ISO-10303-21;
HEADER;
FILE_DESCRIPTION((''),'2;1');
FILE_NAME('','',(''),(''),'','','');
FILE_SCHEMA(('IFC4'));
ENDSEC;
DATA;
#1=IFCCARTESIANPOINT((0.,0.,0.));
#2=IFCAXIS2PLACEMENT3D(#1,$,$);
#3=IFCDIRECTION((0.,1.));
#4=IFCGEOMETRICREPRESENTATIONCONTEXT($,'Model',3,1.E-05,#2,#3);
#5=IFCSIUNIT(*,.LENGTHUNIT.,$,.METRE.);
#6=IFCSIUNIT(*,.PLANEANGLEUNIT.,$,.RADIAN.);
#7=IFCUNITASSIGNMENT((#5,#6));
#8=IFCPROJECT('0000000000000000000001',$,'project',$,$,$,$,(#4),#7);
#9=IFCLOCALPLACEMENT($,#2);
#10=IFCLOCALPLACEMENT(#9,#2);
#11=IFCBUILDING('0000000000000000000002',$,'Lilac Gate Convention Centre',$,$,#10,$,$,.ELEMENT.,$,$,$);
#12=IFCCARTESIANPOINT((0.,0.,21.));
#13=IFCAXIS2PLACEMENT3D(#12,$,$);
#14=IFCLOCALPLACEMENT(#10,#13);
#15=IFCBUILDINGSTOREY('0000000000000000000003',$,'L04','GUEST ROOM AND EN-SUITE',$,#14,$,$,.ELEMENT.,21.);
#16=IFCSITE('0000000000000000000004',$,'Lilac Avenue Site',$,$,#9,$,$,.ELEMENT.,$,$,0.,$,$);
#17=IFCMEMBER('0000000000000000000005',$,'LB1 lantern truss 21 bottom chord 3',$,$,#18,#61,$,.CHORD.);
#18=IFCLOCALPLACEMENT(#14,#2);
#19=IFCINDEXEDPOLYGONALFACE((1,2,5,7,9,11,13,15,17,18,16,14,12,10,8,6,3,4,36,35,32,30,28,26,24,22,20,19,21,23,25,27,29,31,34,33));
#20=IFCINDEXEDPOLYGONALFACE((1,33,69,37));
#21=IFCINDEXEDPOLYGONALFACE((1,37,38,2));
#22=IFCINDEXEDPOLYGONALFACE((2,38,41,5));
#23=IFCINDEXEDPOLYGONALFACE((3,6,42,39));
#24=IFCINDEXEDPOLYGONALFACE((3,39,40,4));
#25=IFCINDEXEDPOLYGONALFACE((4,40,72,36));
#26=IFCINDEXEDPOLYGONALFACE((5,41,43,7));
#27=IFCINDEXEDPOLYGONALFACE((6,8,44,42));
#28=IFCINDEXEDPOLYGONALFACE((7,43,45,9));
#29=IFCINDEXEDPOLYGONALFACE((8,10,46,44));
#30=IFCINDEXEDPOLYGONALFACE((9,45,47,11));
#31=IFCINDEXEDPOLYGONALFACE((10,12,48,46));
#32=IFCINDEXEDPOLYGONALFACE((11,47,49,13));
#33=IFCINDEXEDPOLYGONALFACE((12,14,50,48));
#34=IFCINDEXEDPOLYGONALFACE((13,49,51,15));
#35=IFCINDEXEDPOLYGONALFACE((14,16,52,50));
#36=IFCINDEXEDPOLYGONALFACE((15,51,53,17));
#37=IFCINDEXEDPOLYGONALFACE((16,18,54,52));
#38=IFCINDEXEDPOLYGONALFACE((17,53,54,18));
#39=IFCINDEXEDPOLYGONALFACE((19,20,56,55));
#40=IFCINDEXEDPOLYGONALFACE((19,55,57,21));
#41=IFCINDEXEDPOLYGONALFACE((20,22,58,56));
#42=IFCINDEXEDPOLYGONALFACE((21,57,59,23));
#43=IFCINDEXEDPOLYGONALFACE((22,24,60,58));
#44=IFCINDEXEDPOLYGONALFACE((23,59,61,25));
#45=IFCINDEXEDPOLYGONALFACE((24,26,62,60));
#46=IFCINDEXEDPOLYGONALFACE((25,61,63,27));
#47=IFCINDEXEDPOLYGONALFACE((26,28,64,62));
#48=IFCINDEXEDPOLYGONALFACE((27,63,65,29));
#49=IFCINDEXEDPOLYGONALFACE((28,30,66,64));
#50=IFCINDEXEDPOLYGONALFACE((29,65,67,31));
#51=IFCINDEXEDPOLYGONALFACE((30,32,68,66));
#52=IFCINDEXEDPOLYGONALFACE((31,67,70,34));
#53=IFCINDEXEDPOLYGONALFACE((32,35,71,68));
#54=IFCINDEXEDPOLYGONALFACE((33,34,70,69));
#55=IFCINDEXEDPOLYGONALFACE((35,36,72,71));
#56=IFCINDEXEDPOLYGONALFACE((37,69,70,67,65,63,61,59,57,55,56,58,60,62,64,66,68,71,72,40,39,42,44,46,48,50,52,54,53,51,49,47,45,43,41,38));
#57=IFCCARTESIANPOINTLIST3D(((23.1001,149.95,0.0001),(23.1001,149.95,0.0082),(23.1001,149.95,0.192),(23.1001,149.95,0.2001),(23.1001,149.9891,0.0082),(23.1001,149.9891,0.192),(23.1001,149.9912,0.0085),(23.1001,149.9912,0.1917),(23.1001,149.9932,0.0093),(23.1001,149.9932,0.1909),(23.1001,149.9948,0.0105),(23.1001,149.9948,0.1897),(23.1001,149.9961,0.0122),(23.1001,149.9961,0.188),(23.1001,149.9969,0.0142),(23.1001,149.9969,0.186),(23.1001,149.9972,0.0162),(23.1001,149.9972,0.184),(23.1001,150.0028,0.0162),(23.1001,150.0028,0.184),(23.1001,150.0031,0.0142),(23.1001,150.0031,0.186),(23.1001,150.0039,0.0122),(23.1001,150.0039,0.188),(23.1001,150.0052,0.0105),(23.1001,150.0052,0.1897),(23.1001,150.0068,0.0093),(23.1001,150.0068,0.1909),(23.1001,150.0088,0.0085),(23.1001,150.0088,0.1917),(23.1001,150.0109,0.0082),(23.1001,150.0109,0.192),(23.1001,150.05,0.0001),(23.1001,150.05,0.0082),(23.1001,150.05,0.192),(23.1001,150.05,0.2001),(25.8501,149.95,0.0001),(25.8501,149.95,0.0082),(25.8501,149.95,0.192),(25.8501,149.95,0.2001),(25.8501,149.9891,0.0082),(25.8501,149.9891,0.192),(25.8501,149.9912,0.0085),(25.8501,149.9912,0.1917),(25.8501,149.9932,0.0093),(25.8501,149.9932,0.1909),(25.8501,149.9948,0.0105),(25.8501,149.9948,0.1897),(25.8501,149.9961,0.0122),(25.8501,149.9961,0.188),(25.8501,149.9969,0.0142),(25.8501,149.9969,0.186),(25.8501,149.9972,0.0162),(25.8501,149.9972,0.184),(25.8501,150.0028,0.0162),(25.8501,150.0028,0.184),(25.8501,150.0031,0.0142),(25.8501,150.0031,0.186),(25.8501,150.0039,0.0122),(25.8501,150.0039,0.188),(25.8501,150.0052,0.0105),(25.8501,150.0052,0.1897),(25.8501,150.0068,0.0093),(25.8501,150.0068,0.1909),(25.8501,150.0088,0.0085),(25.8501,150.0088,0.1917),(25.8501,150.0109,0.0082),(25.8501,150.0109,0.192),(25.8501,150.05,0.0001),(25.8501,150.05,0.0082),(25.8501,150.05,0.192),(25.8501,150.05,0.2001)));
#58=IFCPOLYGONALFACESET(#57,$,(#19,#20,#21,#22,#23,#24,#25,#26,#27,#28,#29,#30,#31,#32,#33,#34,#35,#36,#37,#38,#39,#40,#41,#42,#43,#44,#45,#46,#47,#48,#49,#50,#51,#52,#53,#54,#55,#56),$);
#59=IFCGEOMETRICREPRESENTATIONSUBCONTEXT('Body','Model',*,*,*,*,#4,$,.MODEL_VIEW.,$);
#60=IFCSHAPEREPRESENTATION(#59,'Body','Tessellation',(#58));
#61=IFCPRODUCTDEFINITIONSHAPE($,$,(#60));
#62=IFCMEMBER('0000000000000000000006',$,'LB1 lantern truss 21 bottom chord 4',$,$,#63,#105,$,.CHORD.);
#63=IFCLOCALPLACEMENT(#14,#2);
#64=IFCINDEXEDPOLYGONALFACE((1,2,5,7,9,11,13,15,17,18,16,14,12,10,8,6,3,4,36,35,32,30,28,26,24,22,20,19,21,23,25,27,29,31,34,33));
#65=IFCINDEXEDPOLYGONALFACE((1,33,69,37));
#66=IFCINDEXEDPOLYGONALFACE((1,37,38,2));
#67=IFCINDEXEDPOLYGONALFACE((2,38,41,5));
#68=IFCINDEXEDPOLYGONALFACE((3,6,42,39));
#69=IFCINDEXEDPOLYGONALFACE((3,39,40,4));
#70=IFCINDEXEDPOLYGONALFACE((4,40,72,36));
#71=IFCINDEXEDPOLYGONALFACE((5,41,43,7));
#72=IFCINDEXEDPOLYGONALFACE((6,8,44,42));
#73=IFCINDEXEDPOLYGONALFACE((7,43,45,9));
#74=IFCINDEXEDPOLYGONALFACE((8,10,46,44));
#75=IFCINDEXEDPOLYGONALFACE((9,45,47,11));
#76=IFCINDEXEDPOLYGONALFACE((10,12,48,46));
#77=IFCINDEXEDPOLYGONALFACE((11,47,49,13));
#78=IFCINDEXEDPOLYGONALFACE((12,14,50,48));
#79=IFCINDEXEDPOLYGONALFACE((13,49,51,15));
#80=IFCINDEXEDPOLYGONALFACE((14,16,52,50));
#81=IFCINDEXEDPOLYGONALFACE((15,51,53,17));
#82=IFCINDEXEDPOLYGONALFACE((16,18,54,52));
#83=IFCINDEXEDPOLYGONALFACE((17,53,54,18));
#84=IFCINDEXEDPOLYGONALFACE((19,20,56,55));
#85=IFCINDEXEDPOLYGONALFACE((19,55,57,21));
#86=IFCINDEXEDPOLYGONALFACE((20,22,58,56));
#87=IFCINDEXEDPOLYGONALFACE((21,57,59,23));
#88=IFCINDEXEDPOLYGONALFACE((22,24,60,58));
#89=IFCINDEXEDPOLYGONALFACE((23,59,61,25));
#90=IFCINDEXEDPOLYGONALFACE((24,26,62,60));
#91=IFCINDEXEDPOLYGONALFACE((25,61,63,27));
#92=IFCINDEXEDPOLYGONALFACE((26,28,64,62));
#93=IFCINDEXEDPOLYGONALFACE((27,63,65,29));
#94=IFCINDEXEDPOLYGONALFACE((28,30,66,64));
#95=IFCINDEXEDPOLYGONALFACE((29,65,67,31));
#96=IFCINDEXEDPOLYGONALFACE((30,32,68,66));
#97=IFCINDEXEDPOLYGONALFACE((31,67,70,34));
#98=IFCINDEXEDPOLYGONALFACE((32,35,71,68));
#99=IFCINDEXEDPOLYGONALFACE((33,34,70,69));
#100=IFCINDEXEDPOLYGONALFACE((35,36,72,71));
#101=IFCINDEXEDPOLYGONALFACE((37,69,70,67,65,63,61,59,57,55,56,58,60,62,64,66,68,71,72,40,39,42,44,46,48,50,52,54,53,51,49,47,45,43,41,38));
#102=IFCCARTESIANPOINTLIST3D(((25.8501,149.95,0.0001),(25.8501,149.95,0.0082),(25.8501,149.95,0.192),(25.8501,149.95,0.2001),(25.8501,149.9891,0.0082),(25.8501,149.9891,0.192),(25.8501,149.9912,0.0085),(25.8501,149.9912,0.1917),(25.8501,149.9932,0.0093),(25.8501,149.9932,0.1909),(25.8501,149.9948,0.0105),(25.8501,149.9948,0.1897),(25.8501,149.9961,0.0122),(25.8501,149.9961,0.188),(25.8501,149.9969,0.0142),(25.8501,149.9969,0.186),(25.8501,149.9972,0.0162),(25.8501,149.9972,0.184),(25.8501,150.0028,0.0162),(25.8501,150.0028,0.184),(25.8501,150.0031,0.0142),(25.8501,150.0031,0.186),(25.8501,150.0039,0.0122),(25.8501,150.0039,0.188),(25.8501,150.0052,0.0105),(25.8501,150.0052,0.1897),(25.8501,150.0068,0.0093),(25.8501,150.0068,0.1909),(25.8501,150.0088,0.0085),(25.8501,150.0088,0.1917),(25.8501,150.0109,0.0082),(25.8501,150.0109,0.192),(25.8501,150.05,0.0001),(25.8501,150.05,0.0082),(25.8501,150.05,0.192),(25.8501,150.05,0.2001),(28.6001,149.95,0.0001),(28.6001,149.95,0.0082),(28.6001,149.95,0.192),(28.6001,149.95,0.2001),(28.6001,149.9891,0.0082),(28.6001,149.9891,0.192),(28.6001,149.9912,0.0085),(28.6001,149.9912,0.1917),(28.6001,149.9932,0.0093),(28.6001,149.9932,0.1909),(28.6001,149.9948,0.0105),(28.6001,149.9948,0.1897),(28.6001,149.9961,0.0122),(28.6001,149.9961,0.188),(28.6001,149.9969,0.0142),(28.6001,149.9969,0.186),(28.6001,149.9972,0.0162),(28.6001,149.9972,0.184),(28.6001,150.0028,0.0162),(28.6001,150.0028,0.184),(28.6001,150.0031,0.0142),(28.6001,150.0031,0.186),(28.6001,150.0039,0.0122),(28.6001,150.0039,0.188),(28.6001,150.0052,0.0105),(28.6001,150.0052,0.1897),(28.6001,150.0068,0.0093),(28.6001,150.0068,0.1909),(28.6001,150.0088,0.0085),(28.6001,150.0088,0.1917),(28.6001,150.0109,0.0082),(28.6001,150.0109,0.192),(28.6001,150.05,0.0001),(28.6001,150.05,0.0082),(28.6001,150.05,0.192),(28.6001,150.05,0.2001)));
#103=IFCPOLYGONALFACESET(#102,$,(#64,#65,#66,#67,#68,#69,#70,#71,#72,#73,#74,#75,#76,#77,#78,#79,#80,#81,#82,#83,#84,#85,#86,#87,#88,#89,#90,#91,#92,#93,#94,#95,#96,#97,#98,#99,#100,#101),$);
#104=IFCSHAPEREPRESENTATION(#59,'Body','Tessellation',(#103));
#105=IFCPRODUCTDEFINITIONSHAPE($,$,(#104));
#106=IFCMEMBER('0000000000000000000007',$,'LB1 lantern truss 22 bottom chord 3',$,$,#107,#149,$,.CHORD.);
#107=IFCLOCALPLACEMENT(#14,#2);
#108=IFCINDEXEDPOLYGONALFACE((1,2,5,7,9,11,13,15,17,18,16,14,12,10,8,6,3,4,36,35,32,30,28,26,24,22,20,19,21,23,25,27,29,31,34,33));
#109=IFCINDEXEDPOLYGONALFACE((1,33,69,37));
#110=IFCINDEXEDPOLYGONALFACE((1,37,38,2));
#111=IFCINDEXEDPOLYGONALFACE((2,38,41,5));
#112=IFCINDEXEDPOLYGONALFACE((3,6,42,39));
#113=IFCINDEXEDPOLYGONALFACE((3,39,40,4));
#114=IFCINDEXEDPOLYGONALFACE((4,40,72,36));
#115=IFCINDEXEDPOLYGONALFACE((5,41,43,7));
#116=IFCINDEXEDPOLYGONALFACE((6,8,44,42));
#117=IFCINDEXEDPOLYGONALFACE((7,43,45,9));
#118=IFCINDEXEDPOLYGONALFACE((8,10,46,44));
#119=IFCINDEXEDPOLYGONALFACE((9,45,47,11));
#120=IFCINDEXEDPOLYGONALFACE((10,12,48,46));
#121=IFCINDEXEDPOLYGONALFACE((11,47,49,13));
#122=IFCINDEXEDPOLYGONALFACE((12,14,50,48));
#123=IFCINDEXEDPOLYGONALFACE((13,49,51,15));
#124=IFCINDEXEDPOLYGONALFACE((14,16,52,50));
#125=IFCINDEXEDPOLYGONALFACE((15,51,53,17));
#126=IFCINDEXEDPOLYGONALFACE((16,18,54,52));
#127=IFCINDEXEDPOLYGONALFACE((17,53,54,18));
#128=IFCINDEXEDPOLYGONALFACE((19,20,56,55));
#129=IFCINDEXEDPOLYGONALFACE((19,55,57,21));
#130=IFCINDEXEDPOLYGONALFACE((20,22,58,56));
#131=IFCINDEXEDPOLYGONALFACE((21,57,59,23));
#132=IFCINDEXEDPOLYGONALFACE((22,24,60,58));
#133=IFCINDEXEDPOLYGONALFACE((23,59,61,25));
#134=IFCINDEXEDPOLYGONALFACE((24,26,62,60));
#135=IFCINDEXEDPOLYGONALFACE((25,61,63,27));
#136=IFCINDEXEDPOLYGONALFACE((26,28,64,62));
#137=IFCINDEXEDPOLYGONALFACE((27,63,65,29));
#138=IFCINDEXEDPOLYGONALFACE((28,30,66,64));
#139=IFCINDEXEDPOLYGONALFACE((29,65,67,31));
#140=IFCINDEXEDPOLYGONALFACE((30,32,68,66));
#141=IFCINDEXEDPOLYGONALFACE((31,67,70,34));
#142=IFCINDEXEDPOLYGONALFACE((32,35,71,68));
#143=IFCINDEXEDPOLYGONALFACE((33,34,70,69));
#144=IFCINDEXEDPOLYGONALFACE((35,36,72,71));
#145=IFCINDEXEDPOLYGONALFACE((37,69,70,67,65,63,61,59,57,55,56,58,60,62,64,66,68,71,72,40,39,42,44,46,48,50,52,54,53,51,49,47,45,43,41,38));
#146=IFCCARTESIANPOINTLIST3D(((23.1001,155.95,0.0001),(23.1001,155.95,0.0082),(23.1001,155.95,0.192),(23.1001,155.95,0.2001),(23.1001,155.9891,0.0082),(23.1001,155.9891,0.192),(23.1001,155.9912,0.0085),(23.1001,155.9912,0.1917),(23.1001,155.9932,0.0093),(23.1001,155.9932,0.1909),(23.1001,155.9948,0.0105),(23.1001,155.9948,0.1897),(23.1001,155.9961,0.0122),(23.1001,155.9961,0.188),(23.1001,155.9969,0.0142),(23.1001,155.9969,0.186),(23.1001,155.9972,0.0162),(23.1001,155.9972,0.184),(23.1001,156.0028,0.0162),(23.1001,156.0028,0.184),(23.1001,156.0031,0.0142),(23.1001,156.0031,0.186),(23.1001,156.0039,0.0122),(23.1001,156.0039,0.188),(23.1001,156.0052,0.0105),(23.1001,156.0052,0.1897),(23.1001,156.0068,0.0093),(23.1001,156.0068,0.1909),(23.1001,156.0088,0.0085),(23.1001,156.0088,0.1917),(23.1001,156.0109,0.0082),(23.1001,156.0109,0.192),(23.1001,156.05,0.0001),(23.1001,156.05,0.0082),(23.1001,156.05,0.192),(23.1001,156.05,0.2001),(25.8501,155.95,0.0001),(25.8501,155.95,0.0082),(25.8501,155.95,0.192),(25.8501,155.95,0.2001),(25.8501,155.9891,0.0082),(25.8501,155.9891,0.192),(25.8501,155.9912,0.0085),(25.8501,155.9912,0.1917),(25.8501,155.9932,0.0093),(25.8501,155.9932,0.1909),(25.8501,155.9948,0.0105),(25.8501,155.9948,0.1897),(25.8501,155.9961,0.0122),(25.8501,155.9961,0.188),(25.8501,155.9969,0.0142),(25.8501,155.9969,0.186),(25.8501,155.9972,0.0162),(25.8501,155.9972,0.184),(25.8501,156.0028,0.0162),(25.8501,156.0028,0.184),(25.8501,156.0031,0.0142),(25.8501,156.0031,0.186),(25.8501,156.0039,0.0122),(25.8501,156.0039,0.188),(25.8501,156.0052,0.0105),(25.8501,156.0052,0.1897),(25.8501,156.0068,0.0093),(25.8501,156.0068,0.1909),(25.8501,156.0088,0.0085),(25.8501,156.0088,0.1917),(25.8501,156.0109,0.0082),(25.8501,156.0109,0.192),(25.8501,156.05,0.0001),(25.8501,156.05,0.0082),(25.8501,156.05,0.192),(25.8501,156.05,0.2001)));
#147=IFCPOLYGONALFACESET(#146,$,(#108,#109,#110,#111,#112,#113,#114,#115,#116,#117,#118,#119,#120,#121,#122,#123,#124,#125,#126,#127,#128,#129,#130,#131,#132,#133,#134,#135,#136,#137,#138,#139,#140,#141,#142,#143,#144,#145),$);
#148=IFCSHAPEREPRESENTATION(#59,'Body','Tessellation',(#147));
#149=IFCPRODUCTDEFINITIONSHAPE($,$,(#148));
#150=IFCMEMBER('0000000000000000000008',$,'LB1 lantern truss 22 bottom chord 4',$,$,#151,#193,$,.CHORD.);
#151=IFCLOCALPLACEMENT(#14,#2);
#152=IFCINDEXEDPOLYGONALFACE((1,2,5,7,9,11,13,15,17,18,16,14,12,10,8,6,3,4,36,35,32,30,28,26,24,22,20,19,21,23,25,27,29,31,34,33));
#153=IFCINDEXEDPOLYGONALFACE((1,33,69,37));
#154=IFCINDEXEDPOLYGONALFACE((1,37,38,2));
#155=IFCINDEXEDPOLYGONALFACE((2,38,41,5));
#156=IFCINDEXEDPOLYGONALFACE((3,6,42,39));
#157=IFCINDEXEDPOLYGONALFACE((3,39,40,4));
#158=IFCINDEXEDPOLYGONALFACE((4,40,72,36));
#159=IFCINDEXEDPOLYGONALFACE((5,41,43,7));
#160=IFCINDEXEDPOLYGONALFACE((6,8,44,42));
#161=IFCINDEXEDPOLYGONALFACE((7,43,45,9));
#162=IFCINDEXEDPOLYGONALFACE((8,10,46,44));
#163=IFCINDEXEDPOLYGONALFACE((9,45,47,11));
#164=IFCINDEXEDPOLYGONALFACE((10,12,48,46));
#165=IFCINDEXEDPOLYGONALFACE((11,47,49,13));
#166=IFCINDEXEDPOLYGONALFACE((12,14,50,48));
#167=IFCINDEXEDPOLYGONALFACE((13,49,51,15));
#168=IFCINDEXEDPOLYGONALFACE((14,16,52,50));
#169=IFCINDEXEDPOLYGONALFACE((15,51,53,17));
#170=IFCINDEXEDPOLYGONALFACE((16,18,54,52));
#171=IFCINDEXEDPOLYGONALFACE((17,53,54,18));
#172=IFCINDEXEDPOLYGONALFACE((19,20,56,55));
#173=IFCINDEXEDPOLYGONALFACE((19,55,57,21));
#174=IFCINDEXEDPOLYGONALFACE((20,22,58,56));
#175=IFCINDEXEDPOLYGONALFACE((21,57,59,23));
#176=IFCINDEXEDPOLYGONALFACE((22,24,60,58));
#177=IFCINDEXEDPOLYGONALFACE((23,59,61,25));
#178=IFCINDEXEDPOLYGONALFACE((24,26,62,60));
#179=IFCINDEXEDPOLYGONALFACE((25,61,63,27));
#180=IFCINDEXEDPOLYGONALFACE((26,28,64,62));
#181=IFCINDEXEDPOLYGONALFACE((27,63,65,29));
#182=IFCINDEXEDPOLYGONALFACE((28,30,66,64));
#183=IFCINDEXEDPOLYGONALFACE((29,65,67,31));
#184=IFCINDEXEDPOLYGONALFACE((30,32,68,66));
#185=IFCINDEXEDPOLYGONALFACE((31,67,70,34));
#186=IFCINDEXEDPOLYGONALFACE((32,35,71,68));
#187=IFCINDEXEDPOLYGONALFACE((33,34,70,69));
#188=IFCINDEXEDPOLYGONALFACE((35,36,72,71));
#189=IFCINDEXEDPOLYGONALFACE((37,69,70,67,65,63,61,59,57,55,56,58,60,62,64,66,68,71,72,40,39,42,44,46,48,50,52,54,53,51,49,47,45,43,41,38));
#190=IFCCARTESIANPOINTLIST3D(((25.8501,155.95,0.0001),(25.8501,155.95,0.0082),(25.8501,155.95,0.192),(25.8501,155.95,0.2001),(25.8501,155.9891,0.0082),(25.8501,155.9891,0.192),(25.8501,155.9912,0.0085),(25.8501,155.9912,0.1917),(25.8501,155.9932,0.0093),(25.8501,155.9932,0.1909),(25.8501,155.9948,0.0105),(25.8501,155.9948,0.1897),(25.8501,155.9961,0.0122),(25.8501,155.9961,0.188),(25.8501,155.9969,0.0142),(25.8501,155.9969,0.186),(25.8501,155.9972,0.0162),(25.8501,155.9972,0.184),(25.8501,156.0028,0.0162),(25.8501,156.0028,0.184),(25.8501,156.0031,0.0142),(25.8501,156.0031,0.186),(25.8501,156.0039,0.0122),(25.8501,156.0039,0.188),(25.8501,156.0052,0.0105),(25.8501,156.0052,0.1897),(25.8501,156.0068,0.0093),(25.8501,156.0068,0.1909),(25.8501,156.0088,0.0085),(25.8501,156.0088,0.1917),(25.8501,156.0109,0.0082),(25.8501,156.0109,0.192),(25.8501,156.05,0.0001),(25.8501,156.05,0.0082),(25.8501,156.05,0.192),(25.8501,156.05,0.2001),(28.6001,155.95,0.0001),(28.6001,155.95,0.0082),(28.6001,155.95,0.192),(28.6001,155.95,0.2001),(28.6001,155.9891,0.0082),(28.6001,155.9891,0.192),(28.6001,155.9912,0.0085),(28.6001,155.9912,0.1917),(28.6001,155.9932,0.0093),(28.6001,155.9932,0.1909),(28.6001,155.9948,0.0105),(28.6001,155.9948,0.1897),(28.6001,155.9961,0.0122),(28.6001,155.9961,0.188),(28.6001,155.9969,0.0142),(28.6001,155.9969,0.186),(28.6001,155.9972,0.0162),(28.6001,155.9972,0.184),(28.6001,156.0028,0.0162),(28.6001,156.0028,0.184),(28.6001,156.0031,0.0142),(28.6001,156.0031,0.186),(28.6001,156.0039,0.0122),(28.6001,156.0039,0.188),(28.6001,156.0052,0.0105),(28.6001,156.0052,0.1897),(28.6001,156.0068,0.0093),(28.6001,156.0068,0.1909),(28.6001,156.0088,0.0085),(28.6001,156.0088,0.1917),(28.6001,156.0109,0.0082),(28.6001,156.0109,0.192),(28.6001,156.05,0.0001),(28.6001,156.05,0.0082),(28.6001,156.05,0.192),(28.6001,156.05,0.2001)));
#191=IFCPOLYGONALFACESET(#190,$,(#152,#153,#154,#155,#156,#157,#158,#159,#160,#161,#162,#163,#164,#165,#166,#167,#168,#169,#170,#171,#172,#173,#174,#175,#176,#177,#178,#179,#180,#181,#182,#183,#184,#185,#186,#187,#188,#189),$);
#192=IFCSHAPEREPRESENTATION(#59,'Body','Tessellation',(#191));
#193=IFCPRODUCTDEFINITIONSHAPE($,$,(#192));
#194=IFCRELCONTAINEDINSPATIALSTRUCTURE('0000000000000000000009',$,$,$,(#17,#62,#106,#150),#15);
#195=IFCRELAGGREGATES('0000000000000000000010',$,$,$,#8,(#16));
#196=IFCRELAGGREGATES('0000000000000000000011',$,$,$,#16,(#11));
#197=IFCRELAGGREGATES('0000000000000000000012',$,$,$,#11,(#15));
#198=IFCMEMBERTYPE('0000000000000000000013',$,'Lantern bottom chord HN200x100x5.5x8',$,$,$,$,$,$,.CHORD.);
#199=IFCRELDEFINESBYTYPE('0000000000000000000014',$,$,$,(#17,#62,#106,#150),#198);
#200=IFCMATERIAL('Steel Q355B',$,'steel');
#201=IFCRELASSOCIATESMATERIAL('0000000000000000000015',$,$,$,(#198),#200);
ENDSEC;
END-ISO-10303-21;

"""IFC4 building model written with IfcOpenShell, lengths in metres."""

from ifc_helpers import new_model, si_unit, direction, frame, origin, origin_2d, place, context, subcontext, project, spatial, i_section, extrude, material, material_profile, profile_set, type_object, element, save


model = new_model("IFC4")

# Units and contexts
model_context = context("Model", 3, precision=1e-05, world=origin(), true_north=direction((0.0, 1.0)))
body_context = subcontext(model_context, "Body", "Model", "MODEL_VIEW")
ifc_project = project(units=[si_unit("LENGTHUNIT", "METRE"), si_unit("PLANEANGLEUNIT", "RADIAN")], contexts=[model_context])

# Site, building, storey
site_placement = place(None, origin())
site = spatial("IfcSite", under=ifc_project, at=site_placement, Name="Lilac Avenue Site", CompositionType="ELEMENT", RefElevation=0.0)
building_placement = place(site_placement, origin())
building = spatial("IfcBuilding", under=site, at=building_placement, Name="Lilac Gate Convention Centre", CompositionType="ELEMENT")
storey_placement = place(building_placement, frame((0.0, 0.0, 21.0)))
storey = spatial("IfcBuildingStorey", under=building, at=storey_placement, Name="L04", Description="GUEST ROOM AND EN-SUITE", CompositionType="ELEMENT", Elevation=21.0)

# Members
ifc_material_1 = material(Name="Steel Q355B", Category="steel")
ifc_material_profile_1 = material_profile(ifc_material_1, i_section(OverallWidth=0.1001, OverallDepth=0.2, WebThickness=0.0056, FlangeThickness=0.0081, FilletRadius=0.0081, at=origin_2d()), Name="HN200x100x5.5x8")
ifc_profile_set_1 = profile_set([ifc_material_profile_1], Name="Steel Q355B")
member_type_1 = type_object("IfcMemberType", Name="Lantern bottom chord HN200x100x5.5x8", PredefinedType="CHORD", material=ifc_profile_set_1)
for number, where, z_axis, x_axis, name in (
    (1, (23.1001, 150.0, 0.1001), (1.0, 0.0, 0.0), (0.0, 1.0, 0.0), "LB1 lantern truss 21 bottom chord 3"),
    (2, (25.8501, 150.0, 0.1001), (1.0, 0.0, 0.0), (0.0, 1.0, 0.0), "LB1 lantern truss 21 bottom chord 4"),
    (3, (23.1001, 156.0, 0.1001), (1.0, 0.0, 0.0), (0.0, 1.0, 0.0), "LB1 lantern truss 22 bottom chord 3"),
    (4, (25.8501, 156.0, 0.1001), (1.0, 0.0, 0.0), (0.0, 1.0, 0.0), "LB1 lantern truss 22 bottom chord 4"),
):
    element("IfcMember", number, at=place(storey_placement, frame(where, z_axis=z_axis, x_axis=x_axis)), inside=storey, type_object=member_type_1, Name=name, PredefinedType="CHORD", context=body_context, shape_type="SweptSolid", body=[
        extrude(i_section(OverallWidth=0.1001, OverallDepth=0.2, WebThickness=0.0056, FlangeThickness=0.0081, FilletRadius=0.0081, at=origin_2d()), origin(), (0.0, 0.0, 1.0), 2.75),
    ])

save(model, "model.ifc")
